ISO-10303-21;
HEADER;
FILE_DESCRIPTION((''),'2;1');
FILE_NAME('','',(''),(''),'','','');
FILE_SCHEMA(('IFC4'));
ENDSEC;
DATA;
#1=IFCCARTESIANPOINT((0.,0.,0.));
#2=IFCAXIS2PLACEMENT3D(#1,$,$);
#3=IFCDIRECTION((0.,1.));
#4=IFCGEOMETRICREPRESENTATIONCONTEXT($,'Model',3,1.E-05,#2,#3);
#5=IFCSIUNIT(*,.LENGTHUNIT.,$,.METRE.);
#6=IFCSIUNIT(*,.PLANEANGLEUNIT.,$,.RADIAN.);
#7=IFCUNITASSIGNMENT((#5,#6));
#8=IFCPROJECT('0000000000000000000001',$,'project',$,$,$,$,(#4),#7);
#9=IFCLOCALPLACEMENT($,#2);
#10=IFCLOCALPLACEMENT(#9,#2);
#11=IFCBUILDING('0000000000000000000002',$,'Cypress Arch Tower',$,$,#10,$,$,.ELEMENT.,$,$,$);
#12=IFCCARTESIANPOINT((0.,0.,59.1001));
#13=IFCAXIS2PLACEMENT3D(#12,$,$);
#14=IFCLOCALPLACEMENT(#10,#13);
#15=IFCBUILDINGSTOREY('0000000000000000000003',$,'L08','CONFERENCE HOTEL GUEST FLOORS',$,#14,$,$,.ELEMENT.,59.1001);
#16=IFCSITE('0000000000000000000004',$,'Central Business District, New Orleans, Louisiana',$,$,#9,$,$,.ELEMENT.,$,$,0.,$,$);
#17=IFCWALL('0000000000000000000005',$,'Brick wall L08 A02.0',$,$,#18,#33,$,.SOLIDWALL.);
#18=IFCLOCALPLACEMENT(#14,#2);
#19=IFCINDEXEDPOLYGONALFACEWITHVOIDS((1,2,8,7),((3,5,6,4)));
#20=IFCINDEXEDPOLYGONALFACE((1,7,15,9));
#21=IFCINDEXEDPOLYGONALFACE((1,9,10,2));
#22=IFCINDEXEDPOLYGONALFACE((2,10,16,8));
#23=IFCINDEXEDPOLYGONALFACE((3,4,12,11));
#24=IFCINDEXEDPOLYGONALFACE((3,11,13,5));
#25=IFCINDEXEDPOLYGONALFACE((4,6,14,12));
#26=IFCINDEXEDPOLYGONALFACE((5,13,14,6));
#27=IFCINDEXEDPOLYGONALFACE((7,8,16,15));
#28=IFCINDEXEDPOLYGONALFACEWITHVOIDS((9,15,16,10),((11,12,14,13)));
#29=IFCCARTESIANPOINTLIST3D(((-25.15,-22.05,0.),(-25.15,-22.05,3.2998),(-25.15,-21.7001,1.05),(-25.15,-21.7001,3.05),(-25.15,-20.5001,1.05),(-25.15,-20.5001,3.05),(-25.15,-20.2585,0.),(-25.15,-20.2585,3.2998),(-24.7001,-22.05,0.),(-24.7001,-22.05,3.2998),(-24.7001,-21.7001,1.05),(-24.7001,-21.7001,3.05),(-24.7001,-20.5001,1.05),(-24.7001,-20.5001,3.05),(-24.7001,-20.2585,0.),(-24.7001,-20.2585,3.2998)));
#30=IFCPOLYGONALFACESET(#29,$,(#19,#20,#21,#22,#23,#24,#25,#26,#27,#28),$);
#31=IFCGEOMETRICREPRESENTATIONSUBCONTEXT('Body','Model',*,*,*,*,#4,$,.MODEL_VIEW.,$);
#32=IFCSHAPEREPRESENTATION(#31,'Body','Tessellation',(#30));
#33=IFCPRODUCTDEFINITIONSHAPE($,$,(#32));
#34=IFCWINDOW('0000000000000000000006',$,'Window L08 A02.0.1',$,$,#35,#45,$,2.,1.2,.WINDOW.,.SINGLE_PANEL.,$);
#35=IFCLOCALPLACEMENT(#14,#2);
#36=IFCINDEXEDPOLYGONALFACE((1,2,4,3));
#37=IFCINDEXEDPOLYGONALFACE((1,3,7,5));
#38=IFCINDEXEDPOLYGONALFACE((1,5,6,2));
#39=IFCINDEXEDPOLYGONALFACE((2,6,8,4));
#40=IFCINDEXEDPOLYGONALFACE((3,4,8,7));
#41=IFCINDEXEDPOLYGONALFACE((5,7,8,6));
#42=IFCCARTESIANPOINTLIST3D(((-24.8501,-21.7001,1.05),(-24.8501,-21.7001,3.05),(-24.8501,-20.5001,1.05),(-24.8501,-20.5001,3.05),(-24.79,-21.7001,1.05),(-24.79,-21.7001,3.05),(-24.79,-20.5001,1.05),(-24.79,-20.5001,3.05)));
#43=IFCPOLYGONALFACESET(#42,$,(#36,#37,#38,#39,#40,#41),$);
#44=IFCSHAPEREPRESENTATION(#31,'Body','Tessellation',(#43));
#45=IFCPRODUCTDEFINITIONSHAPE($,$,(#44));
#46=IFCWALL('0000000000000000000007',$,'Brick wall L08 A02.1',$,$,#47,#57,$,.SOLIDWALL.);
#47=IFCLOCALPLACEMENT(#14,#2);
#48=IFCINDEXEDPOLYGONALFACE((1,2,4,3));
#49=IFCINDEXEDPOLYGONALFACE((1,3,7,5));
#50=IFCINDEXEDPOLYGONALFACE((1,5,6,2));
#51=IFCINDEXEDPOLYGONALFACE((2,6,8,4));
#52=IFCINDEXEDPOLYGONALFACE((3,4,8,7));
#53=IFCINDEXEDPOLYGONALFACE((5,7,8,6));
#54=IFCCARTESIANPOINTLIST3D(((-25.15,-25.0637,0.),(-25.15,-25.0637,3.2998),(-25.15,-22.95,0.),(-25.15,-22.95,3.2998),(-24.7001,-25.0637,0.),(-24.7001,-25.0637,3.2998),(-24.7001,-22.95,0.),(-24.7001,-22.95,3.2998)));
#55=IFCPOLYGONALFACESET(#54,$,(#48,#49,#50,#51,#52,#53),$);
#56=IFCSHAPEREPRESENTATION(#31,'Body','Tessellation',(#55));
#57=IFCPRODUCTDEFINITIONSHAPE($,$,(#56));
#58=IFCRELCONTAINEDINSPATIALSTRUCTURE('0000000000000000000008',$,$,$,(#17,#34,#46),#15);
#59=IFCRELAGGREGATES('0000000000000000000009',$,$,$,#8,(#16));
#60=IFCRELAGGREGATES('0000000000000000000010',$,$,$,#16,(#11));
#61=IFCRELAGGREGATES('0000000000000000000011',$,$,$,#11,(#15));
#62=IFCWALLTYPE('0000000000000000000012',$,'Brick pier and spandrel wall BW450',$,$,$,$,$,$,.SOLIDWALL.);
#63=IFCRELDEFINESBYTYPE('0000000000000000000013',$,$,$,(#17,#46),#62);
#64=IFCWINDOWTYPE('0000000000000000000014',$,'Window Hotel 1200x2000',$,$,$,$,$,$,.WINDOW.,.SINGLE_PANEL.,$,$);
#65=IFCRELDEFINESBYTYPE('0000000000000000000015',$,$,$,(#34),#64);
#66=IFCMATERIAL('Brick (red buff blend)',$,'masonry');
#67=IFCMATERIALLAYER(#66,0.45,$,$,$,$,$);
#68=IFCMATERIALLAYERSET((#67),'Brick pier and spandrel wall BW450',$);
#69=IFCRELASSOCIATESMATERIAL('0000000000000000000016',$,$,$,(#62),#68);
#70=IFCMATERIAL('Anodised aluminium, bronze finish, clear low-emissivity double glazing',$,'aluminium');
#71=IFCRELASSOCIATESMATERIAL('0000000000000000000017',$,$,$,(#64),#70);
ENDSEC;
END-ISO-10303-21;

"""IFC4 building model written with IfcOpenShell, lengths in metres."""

from ifc_helpers import new_model, si_unit, direction, frame, frame_2d, origin, place, context, subcontext, project, spatial, rectangle, extrude, material, layer, layer_set, type_object, element, fill, save


model = new_model("IFC4")

# Units and contexts
model_context = context("Model", 3, precision=1e-05, world=origin(), true_north=direction((0.0, 1.0)))
body_context = subcontext(model_context, "Body", "Model", "MODEL_VIEW")
ifc_project = project(units=[si_unit("LENGTHUNIT", "METRE"), si_unit("PLANEANGLEUNIT", "RADIAN")], contexts=[model_context])

# Site, building, storey
site_placement = place(None, origin())
site = spatial("IfcSite", under=ifc_project, at=site_placement, Name="Central Business District, New Orleans, Louisiana", CompositionType="ELEMENT", RefElevation=0.0)
building_placement = place(site_placement, origin())
building = spatial("IfcBuilding", under=site, at=building_placement, Name="Cypress Arch Tower", CompositionType="ELEMENT")
storey_placement = place(building_placement, frame((0.0, 0.0, 59.1001)))
storey = spatial("IfcBuildingStorey", under=building, at=storey_placement, Name="L08", Description="CONFERENCE HOTEL GUEST FLOORS", CompositionType="ELEMENT", Elevation=59.1001)

# Wall, opening, window
ifc_material_1 = material(Name="Brick (red buff blend)", Category="masonry")
ifc_layer_1 = layer(ifc_material_1, 0.45)
ifc_layer_set_1 = layer_set([ifc_layer_1], Name="Brick pier and spandrel wall BW450")
wall_type_1 = type_object("IfcWallType", Name="Brick pier and spandrel wall BW450", PredefinedType="SOLIDWALL", material=ifc_layer_set_1)
wall_1_placement = place(storey_placement, frame((-24.925, -20.2585, 0.0), z_axis=(0.0, 0.0, 1.0), x_axis=(0.0, -1.0, 0.0)))
wall_1 = element("IfcWall", 1, at=wall_1_placement, inside=storey, type_object=wall_type_1, Name="Brick wall L08 A02.0", PredefinedType="SOLIDWALL", context=body_context, shape_type="SweptSolid", body=[
    extrude(rectangle(XDim=1.7915, YDim=0.45, at=frame_2d((0.8958, 0.0))), origin(), (0.0, 0.0, 1.0), 3.2998),
])
opening_1_placement = place(wall_1_placement, frame((0.2415, 0.0, 1.05)))
opening_1 = element("IfcOpeningElement", 2, at=opening_1_placement, cuts=wall_1, PredefinedType="OPENING", context=body_context, shape_type="SweptSolid", body=[
    extrude(rectangle(XDim=1.2, YDim=2.0, at=frame_2d((0.6001, 1.0))), frame((0.0, 0.2349, 0.0), z_axis=(0.0, -1.0, 0.0), x_axis=(1.0, 0.0, 0.0)), (0.0, 0.0, 1.0), 0.47),
])
ifc_material_2 = material(Name="Anodised aluminium, bronze finish, clear low-emissivity double glazing", Category="aluminium")
window_type_1 = type_object("IfcWindowType", Name="Window Hotel 1200x2000", PartitioningType="SINGLE_PANEL", PredefinedType="WINDOW", material=ifc_material_2)
window_1_placement = place(opening_1_placement, origin())
window_1 = element("IfcWindow", 3, at=window_1_placement, inside=storey, type_object=window_type_1, Name="Window L08 A02.0.1", OverallHeight=2.0, OverallWidth=1.2, PartitioningType="SINGLE_PANEL", PredefinedType="WINDOW", context=body_context, shape_type="SweptSolid", body=[
    extrude(rectangle(XDim=1.2, YDim=2.0, at=frame_2d((0.6001, 1.0))), frame((0.0, 0.135, 0.0), z_axis=(0.0, -1.0, 0.0), x_axis=(1.0, 0.0, 0.0)), (0.0, 0.0, 1.0), 0.0601),
])
fill(opening_1, window_1)

# Wall
wall_2_placement = place(storey_placement, frame((-24.925, -22.95, 0.0), z_axis=(0.0, 0.0, 1.0), x_axis=(0.0, -1.0, 0.0)))
element("IfcWall", 4, at=wall_2_placement, inside=storey, type_object=wall_type_1, Name="Brick wall L08 A02.1", PredefinedType="SOLIDWALL", context=body_context, shape_type="SweptSolid", body=[
    extrude(rectangle(XDim=2.1138, YDim=0.45, at=frame_2d((1.0569, 0.0))), origin(), (0.0, 0.0, 1.0), 3.2998),
])

save(model, "model.ifc")
